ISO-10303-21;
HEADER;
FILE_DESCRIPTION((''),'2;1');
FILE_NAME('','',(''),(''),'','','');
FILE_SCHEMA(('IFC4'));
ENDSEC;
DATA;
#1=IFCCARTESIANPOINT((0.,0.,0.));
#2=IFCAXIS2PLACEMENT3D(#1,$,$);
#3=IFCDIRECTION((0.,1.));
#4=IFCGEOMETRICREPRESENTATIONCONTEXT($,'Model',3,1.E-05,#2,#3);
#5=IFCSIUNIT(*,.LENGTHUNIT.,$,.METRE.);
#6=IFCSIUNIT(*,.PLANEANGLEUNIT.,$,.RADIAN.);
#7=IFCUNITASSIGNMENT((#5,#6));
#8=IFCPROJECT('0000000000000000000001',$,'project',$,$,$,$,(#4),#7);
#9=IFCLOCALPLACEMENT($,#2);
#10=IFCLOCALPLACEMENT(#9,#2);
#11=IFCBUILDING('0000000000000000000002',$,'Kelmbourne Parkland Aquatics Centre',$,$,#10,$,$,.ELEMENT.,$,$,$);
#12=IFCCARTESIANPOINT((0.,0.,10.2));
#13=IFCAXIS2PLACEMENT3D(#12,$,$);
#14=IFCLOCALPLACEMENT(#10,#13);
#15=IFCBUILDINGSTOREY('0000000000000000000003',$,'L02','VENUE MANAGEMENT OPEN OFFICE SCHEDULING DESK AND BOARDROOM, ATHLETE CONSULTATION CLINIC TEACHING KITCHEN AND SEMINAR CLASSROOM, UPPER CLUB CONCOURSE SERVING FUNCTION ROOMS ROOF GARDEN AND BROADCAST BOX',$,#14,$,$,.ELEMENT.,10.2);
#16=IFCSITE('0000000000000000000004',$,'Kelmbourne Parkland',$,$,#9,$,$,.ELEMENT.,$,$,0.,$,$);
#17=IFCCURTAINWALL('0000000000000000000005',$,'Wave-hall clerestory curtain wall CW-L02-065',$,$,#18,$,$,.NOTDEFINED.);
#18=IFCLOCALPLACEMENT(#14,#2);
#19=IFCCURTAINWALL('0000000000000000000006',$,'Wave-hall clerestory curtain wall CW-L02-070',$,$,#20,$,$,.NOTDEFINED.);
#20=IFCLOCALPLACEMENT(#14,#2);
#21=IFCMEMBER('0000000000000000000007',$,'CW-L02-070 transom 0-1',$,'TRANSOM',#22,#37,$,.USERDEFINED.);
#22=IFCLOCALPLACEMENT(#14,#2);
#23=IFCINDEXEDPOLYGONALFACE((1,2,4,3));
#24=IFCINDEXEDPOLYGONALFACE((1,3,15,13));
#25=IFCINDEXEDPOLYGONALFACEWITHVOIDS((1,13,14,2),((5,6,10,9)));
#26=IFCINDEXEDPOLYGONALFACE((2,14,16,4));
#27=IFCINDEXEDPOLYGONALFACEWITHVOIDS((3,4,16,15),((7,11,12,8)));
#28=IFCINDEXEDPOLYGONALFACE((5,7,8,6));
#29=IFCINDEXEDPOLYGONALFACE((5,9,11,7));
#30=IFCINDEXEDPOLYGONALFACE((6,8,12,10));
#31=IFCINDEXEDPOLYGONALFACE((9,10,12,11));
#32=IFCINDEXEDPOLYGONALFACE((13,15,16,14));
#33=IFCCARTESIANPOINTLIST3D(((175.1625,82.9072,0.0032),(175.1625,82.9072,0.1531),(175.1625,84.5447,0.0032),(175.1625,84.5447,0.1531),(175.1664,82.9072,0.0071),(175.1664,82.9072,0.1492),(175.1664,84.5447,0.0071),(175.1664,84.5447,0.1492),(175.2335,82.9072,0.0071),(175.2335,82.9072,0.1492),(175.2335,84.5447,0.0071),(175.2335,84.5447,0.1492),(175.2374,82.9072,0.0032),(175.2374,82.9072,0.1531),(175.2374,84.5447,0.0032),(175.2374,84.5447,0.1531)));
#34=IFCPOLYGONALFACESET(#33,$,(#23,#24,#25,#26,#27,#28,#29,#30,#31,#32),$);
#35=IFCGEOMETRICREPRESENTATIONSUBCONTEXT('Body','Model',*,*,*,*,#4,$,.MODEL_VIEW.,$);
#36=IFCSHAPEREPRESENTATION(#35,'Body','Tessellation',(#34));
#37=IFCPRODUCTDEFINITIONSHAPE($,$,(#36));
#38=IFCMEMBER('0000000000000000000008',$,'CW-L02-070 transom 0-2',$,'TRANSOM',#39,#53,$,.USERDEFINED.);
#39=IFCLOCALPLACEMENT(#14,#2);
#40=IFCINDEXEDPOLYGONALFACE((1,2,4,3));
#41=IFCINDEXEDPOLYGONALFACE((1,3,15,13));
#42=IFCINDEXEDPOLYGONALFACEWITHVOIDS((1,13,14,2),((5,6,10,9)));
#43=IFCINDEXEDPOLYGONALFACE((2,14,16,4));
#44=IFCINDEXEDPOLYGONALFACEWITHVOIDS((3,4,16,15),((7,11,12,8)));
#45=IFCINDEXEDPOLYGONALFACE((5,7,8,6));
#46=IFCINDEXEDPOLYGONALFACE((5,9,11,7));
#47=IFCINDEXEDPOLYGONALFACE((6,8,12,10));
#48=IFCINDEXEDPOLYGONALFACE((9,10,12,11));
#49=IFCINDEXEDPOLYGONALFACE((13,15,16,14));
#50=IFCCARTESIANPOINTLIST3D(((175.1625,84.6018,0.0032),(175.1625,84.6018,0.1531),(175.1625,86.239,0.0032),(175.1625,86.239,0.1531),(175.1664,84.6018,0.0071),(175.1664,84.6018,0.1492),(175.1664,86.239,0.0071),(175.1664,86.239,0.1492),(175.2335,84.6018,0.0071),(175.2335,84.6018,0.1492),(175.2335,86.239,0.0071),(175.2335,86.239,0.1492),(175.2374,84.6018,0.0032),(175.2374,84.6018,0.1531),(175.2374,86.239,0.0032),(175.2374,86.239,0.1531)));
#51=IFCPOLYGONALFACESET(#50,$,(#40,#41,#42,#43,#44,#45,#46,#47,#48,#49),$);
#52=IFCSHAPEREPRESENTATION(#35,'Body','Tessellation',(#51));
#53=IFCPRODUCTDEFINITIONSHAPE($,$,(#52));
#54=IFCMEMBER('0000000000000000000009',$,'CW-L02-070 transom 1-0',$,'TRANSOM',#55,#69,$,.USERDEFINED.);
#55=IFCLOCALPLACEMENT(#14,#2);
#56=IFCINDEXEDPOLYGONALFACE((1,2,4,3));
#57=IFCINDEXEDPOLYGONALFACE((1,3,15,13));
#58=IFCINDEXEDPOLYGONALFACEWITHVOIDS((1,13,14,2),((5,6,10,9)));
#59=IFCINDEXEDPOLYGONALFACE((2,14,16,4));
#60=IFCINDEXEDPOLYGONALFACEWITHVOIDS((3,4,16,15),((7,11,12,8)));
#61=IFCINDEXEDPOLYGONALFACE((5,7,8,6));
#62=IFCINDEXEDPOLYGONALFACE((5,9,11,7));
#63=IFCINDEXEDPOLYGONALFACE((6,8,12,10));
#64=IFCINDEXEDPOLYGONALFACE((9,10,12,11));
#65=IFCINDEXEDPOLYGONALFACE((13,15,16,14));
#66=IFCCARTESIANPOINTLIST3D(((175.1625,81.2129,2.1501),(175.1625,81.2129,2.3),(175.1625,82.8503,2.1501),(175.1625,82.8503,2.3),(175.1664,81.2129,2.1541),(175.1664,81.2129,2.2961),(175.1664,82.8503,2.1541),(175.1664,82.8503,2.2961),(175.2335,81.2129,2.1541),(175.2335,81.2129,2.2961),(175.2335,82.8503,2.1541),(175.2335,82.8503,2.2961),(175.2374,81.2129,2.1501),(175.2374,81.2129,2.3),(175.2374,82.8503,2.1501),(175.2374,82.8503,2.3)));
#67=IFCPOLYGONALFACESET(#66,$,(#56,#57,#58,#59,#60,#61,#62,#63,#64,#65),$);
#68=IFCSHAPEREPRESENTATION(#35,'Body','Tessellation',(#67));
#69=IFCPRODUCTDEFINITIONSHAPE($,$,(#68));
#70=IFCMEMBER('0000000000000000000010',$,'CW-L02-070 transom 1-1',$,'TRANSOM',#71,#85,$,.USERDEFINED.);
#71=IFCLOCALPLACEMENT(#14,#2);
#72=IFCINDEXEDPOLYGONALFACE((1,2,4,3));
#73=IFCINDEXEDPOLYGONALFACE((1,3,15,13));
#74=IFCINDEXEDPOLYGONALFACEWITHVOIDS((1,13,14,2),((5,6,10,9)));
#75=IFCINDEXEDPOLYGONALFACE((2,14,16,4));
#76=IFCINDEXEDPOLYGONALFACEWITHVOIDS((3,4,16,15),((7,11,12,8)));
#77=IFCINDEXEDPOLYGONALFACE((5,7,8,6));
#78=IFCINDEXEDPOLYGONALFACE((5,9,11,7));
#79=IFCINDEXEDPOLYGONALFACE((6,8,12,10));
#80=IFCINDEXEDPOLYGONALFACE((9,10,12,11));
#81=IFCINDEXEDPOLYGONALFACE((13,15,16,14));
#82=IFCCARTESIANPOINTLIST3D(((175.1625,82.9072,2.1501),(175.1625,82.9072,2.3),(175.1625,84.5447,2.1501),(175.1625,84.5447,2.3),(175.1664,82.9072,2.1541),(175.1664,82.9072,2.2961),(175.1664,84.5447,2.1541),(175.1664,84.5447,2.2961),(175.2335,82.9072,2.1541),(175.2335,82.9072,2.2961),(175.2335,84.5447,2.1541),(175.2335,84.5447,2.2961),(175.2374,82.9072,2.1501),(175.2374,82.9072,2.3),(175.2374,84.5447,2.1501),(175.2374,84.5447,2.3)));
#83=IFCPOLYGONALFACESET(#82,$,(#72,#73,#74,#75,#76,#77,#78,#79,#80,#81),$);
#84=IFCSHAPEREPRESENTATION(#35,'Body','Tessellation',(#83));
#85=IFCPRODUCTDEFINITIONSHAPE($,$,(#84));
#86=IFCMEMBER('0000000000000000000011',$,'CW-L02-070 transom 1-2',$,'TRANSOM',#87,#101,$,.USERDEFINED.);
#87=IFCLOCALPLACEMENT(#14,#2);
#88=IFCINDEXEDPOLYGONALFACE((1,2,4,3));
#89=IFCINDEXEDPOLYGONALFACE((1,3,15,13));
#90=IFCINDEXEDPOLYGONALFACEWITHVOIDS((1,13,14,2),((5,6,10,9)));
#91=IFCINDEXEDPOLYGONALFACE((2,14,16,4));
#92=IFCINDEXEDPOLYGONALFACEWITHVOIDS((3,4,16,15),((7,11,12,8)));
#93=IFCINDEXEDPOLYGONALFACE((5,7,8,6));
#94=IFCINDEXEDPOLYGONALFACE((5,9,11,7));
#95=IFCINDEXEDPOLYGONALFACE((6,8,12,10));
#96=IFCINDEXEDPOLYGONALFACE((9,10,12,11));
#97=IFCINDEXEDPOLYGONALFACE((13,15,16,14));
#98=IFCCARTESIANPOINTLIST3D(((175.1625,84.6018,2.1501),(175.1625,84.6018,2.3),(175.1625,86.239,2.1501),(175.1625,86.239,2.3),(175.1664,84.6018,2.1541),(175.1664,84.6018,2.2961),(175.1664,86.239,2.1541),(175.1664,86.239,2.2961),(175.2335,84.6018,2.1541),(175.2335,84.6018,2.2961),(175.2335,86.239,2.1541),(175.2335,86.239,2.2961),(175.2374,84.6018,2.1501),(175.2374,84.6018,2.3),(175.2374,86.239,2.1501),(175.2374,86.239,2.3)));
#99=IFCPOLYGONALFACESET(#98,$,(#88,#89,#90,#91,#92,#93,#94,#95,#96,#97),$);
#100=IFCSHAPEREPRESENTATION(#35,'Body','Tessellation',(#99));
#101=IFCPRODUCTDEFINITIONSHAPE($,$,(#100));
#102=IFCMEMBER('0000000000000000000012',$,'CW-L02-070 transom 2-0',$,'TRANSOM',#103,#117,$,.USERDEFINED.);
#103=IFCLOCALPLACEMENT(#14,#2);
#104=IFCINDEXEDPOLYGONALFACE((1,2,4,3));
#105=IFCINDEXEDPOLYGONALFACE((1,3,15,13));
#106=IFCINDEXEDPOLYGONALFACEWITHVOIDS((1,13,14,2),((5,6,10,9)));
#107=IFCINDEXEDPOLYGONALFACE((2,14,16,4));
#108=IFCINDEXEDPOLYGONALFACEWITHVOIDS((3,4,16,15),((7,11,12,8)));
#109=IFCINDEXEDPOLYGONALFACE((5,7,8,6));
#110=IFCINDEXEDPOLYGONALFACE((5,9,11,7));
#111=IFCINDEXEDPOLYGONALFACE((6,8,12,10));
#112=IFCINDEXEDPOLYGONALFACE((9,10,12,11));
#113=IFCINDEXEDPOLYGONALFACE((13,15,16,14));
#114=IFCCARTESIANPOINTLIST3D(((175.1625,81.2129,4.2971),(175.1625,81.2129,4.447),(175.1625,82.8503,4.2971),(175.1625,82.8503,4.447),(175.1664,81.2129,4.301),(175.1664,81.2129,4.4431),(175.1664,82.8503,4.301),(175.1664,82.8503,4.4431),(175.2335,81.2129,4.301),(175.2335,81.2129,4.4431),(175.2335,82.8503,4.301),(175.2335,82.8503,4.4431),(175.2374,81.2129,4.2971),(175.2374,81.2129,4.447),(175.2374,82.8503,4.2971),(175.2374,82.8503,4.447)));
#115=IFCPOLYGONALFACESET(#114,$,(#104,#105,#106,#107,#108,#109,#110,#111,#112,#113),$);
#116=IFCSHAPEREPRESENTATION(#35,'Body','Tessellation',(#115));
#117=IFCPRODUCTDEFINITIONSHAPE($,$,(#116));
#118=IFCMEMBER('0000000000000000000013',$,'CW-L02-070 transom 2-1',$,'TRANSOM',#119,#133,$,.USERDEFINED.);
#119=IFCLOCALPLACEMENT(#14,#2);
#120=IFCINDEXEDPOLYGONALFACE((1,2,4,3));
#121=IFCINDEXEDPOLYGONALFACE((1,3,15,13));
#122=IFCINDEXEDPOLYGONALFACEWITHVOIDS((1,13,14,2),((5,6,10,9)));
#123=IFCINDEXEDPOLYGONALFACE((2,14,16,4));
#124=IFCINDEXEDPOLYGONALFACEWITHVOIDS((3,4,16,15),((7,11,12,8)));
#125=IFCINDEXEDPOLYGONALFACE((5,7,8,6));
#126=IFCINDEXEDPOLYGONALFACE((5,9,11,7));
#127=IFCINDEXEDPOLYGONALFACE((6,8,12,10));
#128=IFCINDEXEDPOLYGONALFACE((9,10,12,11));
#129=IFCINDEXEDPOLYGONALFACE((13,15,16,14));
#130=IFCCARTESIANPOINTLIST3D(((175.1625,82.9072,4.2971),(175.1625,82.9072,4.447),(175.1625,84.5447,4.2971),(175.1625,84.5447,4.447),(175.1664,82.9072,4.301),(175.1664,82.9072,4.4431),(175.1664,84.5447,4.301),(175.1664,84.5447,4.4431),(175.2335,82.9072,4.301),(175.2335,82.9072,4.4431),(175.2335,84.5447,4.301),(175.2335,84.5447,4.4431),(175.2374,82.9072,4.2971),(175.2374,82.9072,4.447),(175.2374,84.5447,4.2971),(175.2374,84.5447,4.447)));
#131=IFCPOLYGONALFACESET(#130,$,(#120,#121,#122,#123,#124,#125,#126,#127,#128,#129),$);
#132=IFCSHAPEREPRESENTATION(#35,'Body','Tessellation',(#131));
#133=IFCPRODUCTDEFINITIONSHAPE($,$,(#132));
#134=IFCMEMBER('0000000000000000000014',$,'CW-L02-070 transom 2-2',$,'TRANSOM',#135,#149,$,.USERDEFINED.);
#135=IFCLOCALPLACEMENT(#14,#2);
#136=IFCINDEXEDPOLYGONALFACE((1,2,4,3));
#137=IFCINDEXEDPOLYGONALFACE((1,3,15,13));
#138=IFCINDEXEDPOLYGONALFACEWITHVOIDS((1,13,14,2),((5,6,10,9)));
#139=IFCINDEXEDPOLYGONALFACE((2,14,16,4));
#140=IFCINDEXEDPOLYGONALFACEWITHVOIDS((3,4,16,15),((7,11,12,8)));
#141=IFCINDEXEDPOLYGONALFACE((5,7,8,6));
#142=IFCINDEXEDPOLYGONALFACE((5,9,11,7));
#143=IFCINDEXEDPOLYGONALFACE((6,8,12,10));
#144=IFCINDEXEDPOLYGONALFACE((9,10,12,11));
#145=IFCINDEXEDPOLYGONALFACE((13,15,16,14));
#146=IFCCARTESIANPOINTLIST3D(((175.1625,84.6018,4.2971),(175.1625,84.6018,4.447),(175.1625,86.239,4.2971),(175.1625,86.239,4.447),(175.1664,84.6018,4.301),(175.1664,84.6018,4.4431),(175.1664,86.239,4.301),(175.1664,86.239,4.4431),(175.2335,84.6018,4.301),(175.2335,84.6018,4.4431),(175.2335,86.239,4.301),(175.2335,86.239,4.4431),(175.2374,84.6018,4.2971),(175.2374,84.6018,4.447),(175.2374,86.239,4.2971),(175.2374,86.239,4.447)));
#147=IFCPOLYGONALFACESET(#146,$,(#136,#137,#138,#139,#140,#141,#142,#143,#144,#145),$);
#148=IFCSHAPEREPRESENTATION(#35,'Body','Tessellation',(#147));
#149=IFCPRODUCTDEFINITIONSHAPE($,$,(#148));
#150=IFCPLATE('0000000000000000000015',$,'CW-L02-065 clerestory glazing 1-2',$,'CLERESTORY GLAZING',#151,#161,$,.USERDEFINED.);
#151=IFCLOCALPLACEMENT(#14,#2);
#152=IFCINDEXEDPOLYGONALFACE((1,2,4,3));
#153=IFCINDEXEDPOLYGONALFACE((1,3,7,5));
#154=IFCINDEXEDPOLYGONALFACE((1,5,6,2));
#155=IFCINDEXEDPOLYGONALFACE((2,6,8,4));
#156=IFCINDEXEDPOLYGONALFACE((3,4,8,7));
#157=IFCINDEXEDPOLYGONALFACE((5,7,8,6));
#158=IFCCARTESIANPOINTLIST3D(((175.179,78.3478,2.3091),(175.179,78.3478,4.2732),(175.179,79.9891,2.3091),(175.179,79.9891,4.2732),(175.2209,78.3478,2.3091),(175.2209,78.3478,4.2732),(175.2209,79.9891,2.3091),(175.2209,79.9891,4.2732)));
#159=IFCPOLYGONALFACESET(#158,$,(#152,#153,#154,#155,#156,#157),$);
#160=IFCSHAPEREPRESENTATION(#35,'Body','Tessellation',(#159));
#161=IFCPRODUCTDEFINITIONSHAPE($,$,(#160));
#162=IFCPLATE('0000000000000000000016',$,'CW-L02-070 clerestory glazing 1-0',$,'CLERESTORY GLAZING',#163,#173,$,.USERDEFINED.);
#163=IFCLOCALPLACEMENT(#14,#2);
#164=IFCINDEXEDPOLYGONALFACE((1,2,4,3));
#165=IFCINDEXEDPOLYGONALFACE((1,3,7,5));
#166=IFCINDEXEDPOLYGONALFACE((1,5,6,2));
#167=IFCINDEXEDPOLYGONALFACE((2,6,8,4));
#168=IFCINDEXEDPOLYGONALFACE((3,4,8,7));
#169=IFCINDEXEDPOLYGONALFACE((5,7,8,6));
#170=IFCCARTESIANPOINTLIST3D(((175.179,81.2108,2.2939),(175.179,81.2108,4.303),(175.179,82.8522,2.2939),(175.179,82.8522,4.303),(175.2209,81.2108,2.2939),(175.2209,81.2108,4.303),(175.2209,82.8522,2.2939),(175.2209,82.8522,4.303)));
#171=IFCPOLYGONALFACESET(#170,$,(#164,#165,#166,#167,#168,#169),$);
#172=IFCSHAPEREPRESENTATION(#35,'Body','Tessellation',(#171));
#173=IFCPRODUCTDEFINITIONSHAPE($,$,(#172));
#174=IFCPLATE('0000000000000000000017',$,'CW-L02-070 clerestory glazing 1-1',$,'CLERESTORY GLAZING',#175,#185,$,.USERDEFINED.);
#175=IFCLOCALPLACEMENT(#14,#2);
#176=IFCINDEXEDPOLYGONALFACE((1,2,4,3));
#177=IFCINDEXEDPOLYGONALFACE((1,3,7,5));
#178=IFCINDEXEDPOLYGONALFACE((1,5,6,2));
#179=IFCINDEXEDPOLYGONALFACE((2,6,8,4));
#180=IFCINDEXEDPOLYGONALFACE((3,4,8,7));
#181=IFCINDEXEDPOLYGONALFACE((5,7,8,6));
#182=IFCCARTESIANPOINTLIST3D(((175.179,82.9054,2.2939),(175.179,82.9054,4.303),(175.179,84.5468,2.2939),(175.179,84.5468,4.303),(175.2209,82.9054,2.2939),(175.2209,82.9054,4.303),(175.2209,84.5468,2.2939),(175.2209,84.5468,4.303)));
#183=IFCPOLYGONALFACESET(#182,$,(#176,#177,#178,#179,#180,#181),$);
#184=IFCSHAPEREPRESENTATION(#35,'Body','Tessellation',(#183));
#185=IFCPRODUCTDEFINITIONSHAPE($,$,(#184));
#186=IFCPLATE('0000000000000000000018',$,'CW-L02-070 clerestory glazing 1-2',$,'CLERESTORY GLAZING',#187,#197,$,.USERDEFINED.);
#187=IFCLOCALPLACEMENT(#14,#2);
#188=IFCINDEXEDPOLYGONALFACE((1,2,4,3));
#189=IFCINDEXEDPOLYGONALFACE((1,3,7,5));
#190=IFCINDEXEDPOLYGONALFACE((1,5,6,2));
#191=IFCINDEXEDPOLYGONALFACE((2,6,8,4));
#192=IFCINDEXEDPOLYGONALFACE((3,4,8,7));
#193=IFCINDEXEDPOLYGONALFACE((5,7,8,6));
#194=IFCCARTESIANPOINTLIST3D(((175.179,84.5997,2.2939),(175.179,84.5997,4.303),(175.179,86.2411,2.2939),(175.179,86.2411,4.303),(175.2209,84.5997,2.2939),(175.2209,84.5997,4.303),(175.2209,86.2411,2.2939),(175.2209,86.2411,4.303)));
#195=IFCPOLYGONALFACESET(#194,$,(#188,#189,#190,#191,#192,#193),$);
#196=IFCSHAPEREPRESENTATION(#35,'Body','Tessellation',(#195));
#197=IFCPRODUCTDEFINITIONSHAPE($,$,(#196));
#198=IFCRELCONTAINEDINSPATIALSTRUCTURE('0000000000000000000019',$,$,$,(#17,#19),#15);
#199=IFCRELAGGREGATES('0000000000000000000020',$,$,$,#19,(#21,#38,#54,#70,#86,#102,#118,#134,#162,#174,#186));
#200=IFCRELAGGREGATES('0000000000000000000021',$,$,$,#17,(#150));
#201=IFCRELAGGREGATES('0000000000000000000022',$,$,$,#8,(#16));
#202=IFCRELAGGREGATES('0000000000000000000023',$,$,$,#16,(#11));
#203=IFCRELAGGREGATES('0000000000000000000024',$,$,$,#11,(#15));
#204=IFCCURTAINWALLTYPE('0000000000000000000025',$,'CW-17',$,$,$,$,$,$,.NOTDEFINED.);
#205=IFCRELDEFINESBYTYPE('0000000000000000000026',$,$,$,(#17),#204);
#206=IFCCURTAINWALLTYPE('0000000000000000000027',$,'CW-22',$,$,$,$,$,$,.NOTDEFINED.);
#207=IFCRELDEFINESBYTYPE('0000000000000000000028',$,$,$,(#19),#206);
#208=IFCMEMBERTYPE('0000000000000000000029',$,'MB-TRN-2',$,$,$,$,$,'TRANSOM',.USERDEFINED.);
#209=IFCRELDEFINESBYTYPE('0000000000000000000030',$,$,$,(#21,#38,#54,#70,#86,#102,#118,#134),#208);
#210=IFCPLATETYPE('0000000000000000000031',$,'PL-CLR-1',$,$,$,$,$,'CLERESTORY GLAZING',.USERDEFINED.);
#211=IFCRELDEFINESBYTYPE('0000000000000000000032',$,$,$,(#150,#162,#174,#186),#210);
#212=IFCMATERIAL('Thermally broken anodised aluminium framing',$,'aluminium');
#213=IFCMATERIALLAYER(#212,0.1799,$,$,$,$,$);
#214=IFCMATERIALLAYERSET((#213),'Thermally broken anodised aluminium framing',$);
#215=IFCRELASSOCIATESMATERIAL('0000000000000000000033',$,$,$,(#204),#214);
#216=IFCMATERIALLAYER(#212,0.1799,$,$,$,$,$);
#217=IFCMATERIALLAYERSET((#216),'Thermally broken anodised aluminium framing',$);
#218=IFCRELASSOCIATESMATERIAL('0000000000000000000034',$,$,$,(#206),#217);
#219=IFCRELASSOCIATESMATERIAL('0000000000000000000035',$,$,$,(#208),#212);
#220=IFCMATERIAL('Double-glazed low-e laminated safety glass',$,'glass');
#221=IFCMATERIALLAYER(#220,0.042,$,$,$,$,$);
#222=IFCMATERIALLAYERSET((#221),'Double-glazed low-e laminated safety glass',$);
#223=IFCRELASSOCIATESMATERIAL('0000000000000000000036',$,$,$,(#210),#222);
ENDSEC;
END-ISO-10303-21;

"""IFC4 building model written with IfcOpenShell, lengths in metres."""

from ifc_helpers import new_model, si_unit, direction, frame, origin, origin_2d, place, context, subcontext, project, spatial, rectangle, hollow_rectangle, extrude, material, layer, layer_set, material_profile, profile_set, type_object, element, aggregate, save


model = new_model("IFC4")

# Units and contexts
model_context = context("Model", 3, precision=1e-05, world=origin(), true_north=direction((0.0, 1.0)))
body_context = subcontext(model_context, "Body", "Model", "MODEL_VIEW")
ifc_project = project(units=[si_unit("LENGTHUNIT", "METRE"), si_unit("PLANEANGLEUNIT", "RADIAN")], contexts=[model_context])

# Site, building, storey
site_placement = place(None, origin())
site = spatial("IfcSite", under=ifc_project, at=site_placement, Name="Kelmbourne Parkland", CompositionType="ELEMENT", RefElevation=0.0)
building_placement = place(site_placement, origin())
building = spatial("IfcBuilding", under=site, at=building_placement, Name="Kelmbourne Parkland Aquatics Centre", CompositionType="ELEMENT")
storey_placement = place(building_placement, frame((0.0, 0.0, 10.2)))
storey = spatial("IfcBuildingStorey", under=building, at=storey_placement, Name="L02", Description="VENUE MANAGEMENT OPEN OFFICE SCHEDULING DESK AND BOARDROOM, ATHLETE CONSULTATION CLINIC TEACHING KITCHEN AND SEMINAR CLASSROOM, UPPER CLUB CONCOURSE SERVING FUNCTION ROOMS ROOF GARDEN AND BROADCAST BOX", CompositionType="ELEMENT", Elevation=10.2)

# Curtain wall
ifc_material_1 = material(Name="Thermally broken anodised aluminium framing", Category="aluminium")
ifc_layer_1 = layer(ifc_material_1, 0.1799)
ifc_layer_set_1 = layer_set([ifc_layer_1], Name="Thermally broken anodised aluminium framing")
curtain_wall_type_1 = type_object("IfcCurtainWallType", Name="CW-17", PredefinedType="NOTDEFINED", material=ifc_layer_set_1)
curtain_wall_1_placement = place(storey_placement, origin())
curtain_wall_1 = element("IfcCurtainWall", 1, at=curtain_wall_1_placement, inside=storey, type_object=curtain_wall_type_1, Name="Wave-hall clerestory curtain wall CW-L02-065", PredefinedType="NOTDEFINED")

# Curtain wall
ifc_layer_2 = layer(ifc_material_1, 0.1799)
ifc_layer_set_2 = layer_set([ifc_layer_2], Name="Thermally broken anodised aluminium framing")
curtain_wall_type_2 = type_object("IfcCurtainWallType", Name="CW-22", PredefinedType="NOTDEFINED", material=ifc_layer_set_2)
curtain_wall_2_placement = place(storey_placement, origin())
curtain_wall_2 = element("IfcCurtainWall", 2, at=curtain_wall_2_placement, inside=storey, type_object=curtain_wall_type_2, Name="Wave-hall clerestory curtain wall CW-L02-070", PredefinedType="NOTDEFINED")

# Members
ifc_material_profile_1 = material_profile(ifc_material_1, hollow_rectangle(XDim=0.075, YDim=0.1499, WallThickness=0.0039, at=origin_2d()), Name="CW-T 75x150")
ifc_profile_set_1 = profile_set([ifc_material_profile_1], Name="Thermally broken anodised aluminium framing")
member_type_1 = type_object("IfcMemberType", Name="MB-TRN-2", ElementType="TRANSOM", PredefinedType="USERDEFINED", material=ifc_profile_set_1)
member_1_placement = place(storey_placement, frame((175.2, 82.9072, 0.0781), z_axis=(0.0, 1.0, 0.0), x_axis=(-1.0, 0.0, 0.0)))
member_1 = element("IfcMember", 3, at=member_1_placement, type_object=member_type_1, Name="CW-L02-070 transom 0-1", ObjectType="TRANSOM", PredefinedType="USERDEFINED", context=body_context, shape_type="SweptSolid", body=[
    extrude(hollow_rectangle(XDim=0.075, YDim=0.1499, WallThickness=0.0039, at=origin_2d()), origin(), (0.0, 0.0, 1.0), 1.6375),
])
member_2_placement = place(storey_placement, frame((175.2, 84.6018, 0.0781), z_axis=(0.0, 1.0, 0.0), x_axis=(-1.0, 0.0, 0.0)))
member_2 = element("IfcMember", 4, at=member_2_placement, type_object=member_type_1, Name="CW-L02-070 transom 0-2", ObjectType="TRANSOM", PredefinedType="USERDEFINED", context=body_context, shape_type="SweptSolid", body=[
    extrude(hollow_rectangle(XDim=0.075, YDim=0.1499, WallThickness=0.0039, at=origin_2d()), origin(), (0.0, 0.0, 1.0), 1.6372),
])
member_3_placement = place(storey_placement, frame((175.2, 81.2129, 2.2251), z_axis=(0.0, 1.0, 0.0), x_axis=(-1.0, 0.0, 0.0)))
member_3 = element("IfcMember", 5, at=member_3_placement, type_object=member_type_1, Name="CW-L02-070 transom 1-0", ObjectType="TRANSOM", PredefinedType="USERDEFINED", context=body_context, shape_type="SweptSolid", body=[
    extrude(hollow_rectangle(XDim=0.075, YDim=0.1499, WallThickness=0.0039, at=origin_2d()), origin(), (0.0, 0.0, 1.0), 1.6375),
])
member_4_placement = place(storey_placement, frame((175.2, 82.9072, 2.2251), z_axis=(0.0, 1.0, 0.0), x_axis=(-1.0, 0.0, 0.0)))
member_4 = element("IfcMember", 6, at=member_4_placement, type_object=member_type_1, Name="CW-L02-070 transom 1-1", ObjectType="TRANSOM", PredefinedType="USERDEFINED", context=body_context, shape_type="SweptSolid", body=[
    extrude(hollow_rectangle(XDim=0.075, YDim=0.1499, WallThickness=0.0039, at=origin_2d()), origin(), (0.0, 0.0, 1.0), 1.6375),
])
member_5_placement = place(storey_placement, frame((175.2, 84.6018, 2.2251), z_axis=(0.0, 1.0, 0.0), x_axis=(-1.0, 0.0, 0.0)))
member_5 = element("IfcMember", 7, at=member_5_placement, type_object=member_type_1, Name="CW-L02-070 transom 1-2", ObjectType="TRANSOM", PredefinedType="USERDEFINED", context=body_context, shape_type="SweptSolid", body=[
    extrude(hollow_rectangle(XDim=0.075, YDim=0.1499, WallThickness=0.0039, at=origin_2d()), origin(), (0.0, 0.0, 1.0), 1.6372),
])
member_6_placement = place(storey_placement, frame((175.2, 81.2129, 4.3721), z_axis=(0.0, 1.0, 0.0), x_axis=(-1.0, 0.0, 0.0)))
member_6 = element("IfcMember", 8, at=member_6_placement, type_object=member_type_1, Name="CW-L02-070 transom 2-0", ObjectType="TRANSOM", PredefinedType="USERDEFINED", context=body_context, shape_type="SweptSolid", body=[
    extrude(hollow_rectangle(XDim=0.075, YDim=0.1499, WallThickness=0.0039, at=origin_2d()), origin(), (0.0, 0.0, 1.0), 1.6375),
])
member_7_placement = place(storey_placement, frame((175.2, 82.9072, 4.3721), z_axis=(0.0, 1.0, 0.0), x_axis=(-1.0, 0.0, 0.0)))
member_7 = element("IfcMember", 9, at=member_7_placement, type_object=member_type_1, Name="CW-L02-070 transom 2-1", ObjectType="TRANSOM", PredefinedType="USERDEFINED", context=body_context, shape_type="SweptSolid", body=[
    extrude(hollow_rectangle(XDim=0.075, YDim=0.1499, WallThickness=0.0039, at=origin_2d()), origin(), (0.0, 0.0, 1.0), 1.6375),
])
member_8_placement = place(storey_placement, frame((175.2, 84.6018, 4.3721), z_axis=(0.0, 1.0, 0.0), x_axis=(-1.0, 0.0, 0.0)))
member_8 = element("IfcMember", 10, at=member_8_placement, type_object=member_type_1, Name="CW-L02-070 transom 2-2", ObjectType="TRANSOM", PredefinedType="USERDEFINED", context=body_context, shape_type="SweptSolid", body=[
    extrude(hollow_rectangle(XDim=0.075, YDim=0.1499, WallThickness=0.0039, at=origin_2d()), origin(), (0.0, 0.0, 1.0), 1.6372),
])

# Plates
ifc_material_2 = material(Name="Double-glazed low-e laminated safety glass", Category="glass")
ifc_layer_3 = layer(ifc_material_2, 0.042)
ifc_layer_set_3 = layer_set([ifc_layer_3], Name="Double-glazed low-e laminated safety glass")
plate_type_1 = type_object("IfcPlateType", Name="PL-CLR-1", ElementType="CLERESTORY GLAZING", PredefinedType="USERDEFINED", material=ifc_layer_set_3)
plate_1_placement = place(storey_placement, frame((175.2, 79.1685, 2.3091), z_axis=(0.0, 0.0, 1.0), x_axis=(0.0, 1.0, 0.0)))
plate_1 = element("IfcPlate", 11, at=plate_1_placement, type_object=plate_type_1, Name="CW-L02-065 clerestory glazing 1-2", ObjectType="CLERESTORY GLAZING", PredefinedType="USERDEFINED", context=body_context, shape_type="SweptSolid", body=[
    extrude(rectangle(XDim=1.6414, YDim=0.042, at=origin_2d()), origin(), (0.0, 0.0, 1.0), 1.9641),
])
plate_2_placement = place(storey_placement, frame((175.2, 82.0315, 2.2939), z_axis=(0.0, 0.0, 1.0), x_axis=(0.0, 1.0, 0.0)))
plate_2 = element("IfcPlate", 12, at=plate_2_placement, type_object=plate_type_1, Name="CW-L02-070 clerestory glazing 1-0", ObjectType="CLERESTORY GLAZING", PredefinedType="USERDEFINED", context=body_context, shape_type="SweptSolid", body=[
    extrude(rectangle(XDim=1.6414, YDim=0.042, at=origin_2d()), origin(), (0.0, 0.0, 1.0), 2.009),
])
plate_3_placement = place(storey_placement, frame((175.2, 83.7261, 2.2939), z_axis=(0.0, 0.0, 1.0), x_axis=(0.0, 1.0, 0.0)))
plate_3 = element("IfcPlate", 13, at=plate_3_placement, type_object=plate_type_1, Name="CW-L02-070 clerestory glazing 1-1", ObjectType="CLERESTORY GLAZING", PredefinedType="USERDEFINED", context=body_context, shape_type="SweptSolid", body=[
    extrude(rectangle(XDim=1.6414, YDim=0.042, at=origin_2d()), origin(), (0.0, 0.0, 1.0), 2.009),
])
plate_4_placement = place(storey_placement, frame((175.2, 85.4204, 2.2939), z_axis=(0.0, 0.0, 1.0), x_axis=(0.0, 1.0, 0.0)))
plate_4 = element("IfcPlate", 14, at=plate_4_placement, type_object=plate_type_1, Name="CW-L02-070 clerestory glazing 1-2", ObjectType="CLERESTORY GLAZING", PredefinedType="USERDEFINED", context=body_context, shape_type="SweptSolid", body=[
    extrude(rectangle(XDim=1.6414, YDim=0.042, at=origin_2d()), origin(), (0.0, 0.0, 1.0), 2.009),
])
aggregate(curtain_wall_2, [member_1, member_2, member_3, member_4, member_5, member_6, member_7, member_8, plate_2, plate_3, plate_4])
aggregate(curtain_wall_1, [plate_1])

save(model, "model.ifc")
